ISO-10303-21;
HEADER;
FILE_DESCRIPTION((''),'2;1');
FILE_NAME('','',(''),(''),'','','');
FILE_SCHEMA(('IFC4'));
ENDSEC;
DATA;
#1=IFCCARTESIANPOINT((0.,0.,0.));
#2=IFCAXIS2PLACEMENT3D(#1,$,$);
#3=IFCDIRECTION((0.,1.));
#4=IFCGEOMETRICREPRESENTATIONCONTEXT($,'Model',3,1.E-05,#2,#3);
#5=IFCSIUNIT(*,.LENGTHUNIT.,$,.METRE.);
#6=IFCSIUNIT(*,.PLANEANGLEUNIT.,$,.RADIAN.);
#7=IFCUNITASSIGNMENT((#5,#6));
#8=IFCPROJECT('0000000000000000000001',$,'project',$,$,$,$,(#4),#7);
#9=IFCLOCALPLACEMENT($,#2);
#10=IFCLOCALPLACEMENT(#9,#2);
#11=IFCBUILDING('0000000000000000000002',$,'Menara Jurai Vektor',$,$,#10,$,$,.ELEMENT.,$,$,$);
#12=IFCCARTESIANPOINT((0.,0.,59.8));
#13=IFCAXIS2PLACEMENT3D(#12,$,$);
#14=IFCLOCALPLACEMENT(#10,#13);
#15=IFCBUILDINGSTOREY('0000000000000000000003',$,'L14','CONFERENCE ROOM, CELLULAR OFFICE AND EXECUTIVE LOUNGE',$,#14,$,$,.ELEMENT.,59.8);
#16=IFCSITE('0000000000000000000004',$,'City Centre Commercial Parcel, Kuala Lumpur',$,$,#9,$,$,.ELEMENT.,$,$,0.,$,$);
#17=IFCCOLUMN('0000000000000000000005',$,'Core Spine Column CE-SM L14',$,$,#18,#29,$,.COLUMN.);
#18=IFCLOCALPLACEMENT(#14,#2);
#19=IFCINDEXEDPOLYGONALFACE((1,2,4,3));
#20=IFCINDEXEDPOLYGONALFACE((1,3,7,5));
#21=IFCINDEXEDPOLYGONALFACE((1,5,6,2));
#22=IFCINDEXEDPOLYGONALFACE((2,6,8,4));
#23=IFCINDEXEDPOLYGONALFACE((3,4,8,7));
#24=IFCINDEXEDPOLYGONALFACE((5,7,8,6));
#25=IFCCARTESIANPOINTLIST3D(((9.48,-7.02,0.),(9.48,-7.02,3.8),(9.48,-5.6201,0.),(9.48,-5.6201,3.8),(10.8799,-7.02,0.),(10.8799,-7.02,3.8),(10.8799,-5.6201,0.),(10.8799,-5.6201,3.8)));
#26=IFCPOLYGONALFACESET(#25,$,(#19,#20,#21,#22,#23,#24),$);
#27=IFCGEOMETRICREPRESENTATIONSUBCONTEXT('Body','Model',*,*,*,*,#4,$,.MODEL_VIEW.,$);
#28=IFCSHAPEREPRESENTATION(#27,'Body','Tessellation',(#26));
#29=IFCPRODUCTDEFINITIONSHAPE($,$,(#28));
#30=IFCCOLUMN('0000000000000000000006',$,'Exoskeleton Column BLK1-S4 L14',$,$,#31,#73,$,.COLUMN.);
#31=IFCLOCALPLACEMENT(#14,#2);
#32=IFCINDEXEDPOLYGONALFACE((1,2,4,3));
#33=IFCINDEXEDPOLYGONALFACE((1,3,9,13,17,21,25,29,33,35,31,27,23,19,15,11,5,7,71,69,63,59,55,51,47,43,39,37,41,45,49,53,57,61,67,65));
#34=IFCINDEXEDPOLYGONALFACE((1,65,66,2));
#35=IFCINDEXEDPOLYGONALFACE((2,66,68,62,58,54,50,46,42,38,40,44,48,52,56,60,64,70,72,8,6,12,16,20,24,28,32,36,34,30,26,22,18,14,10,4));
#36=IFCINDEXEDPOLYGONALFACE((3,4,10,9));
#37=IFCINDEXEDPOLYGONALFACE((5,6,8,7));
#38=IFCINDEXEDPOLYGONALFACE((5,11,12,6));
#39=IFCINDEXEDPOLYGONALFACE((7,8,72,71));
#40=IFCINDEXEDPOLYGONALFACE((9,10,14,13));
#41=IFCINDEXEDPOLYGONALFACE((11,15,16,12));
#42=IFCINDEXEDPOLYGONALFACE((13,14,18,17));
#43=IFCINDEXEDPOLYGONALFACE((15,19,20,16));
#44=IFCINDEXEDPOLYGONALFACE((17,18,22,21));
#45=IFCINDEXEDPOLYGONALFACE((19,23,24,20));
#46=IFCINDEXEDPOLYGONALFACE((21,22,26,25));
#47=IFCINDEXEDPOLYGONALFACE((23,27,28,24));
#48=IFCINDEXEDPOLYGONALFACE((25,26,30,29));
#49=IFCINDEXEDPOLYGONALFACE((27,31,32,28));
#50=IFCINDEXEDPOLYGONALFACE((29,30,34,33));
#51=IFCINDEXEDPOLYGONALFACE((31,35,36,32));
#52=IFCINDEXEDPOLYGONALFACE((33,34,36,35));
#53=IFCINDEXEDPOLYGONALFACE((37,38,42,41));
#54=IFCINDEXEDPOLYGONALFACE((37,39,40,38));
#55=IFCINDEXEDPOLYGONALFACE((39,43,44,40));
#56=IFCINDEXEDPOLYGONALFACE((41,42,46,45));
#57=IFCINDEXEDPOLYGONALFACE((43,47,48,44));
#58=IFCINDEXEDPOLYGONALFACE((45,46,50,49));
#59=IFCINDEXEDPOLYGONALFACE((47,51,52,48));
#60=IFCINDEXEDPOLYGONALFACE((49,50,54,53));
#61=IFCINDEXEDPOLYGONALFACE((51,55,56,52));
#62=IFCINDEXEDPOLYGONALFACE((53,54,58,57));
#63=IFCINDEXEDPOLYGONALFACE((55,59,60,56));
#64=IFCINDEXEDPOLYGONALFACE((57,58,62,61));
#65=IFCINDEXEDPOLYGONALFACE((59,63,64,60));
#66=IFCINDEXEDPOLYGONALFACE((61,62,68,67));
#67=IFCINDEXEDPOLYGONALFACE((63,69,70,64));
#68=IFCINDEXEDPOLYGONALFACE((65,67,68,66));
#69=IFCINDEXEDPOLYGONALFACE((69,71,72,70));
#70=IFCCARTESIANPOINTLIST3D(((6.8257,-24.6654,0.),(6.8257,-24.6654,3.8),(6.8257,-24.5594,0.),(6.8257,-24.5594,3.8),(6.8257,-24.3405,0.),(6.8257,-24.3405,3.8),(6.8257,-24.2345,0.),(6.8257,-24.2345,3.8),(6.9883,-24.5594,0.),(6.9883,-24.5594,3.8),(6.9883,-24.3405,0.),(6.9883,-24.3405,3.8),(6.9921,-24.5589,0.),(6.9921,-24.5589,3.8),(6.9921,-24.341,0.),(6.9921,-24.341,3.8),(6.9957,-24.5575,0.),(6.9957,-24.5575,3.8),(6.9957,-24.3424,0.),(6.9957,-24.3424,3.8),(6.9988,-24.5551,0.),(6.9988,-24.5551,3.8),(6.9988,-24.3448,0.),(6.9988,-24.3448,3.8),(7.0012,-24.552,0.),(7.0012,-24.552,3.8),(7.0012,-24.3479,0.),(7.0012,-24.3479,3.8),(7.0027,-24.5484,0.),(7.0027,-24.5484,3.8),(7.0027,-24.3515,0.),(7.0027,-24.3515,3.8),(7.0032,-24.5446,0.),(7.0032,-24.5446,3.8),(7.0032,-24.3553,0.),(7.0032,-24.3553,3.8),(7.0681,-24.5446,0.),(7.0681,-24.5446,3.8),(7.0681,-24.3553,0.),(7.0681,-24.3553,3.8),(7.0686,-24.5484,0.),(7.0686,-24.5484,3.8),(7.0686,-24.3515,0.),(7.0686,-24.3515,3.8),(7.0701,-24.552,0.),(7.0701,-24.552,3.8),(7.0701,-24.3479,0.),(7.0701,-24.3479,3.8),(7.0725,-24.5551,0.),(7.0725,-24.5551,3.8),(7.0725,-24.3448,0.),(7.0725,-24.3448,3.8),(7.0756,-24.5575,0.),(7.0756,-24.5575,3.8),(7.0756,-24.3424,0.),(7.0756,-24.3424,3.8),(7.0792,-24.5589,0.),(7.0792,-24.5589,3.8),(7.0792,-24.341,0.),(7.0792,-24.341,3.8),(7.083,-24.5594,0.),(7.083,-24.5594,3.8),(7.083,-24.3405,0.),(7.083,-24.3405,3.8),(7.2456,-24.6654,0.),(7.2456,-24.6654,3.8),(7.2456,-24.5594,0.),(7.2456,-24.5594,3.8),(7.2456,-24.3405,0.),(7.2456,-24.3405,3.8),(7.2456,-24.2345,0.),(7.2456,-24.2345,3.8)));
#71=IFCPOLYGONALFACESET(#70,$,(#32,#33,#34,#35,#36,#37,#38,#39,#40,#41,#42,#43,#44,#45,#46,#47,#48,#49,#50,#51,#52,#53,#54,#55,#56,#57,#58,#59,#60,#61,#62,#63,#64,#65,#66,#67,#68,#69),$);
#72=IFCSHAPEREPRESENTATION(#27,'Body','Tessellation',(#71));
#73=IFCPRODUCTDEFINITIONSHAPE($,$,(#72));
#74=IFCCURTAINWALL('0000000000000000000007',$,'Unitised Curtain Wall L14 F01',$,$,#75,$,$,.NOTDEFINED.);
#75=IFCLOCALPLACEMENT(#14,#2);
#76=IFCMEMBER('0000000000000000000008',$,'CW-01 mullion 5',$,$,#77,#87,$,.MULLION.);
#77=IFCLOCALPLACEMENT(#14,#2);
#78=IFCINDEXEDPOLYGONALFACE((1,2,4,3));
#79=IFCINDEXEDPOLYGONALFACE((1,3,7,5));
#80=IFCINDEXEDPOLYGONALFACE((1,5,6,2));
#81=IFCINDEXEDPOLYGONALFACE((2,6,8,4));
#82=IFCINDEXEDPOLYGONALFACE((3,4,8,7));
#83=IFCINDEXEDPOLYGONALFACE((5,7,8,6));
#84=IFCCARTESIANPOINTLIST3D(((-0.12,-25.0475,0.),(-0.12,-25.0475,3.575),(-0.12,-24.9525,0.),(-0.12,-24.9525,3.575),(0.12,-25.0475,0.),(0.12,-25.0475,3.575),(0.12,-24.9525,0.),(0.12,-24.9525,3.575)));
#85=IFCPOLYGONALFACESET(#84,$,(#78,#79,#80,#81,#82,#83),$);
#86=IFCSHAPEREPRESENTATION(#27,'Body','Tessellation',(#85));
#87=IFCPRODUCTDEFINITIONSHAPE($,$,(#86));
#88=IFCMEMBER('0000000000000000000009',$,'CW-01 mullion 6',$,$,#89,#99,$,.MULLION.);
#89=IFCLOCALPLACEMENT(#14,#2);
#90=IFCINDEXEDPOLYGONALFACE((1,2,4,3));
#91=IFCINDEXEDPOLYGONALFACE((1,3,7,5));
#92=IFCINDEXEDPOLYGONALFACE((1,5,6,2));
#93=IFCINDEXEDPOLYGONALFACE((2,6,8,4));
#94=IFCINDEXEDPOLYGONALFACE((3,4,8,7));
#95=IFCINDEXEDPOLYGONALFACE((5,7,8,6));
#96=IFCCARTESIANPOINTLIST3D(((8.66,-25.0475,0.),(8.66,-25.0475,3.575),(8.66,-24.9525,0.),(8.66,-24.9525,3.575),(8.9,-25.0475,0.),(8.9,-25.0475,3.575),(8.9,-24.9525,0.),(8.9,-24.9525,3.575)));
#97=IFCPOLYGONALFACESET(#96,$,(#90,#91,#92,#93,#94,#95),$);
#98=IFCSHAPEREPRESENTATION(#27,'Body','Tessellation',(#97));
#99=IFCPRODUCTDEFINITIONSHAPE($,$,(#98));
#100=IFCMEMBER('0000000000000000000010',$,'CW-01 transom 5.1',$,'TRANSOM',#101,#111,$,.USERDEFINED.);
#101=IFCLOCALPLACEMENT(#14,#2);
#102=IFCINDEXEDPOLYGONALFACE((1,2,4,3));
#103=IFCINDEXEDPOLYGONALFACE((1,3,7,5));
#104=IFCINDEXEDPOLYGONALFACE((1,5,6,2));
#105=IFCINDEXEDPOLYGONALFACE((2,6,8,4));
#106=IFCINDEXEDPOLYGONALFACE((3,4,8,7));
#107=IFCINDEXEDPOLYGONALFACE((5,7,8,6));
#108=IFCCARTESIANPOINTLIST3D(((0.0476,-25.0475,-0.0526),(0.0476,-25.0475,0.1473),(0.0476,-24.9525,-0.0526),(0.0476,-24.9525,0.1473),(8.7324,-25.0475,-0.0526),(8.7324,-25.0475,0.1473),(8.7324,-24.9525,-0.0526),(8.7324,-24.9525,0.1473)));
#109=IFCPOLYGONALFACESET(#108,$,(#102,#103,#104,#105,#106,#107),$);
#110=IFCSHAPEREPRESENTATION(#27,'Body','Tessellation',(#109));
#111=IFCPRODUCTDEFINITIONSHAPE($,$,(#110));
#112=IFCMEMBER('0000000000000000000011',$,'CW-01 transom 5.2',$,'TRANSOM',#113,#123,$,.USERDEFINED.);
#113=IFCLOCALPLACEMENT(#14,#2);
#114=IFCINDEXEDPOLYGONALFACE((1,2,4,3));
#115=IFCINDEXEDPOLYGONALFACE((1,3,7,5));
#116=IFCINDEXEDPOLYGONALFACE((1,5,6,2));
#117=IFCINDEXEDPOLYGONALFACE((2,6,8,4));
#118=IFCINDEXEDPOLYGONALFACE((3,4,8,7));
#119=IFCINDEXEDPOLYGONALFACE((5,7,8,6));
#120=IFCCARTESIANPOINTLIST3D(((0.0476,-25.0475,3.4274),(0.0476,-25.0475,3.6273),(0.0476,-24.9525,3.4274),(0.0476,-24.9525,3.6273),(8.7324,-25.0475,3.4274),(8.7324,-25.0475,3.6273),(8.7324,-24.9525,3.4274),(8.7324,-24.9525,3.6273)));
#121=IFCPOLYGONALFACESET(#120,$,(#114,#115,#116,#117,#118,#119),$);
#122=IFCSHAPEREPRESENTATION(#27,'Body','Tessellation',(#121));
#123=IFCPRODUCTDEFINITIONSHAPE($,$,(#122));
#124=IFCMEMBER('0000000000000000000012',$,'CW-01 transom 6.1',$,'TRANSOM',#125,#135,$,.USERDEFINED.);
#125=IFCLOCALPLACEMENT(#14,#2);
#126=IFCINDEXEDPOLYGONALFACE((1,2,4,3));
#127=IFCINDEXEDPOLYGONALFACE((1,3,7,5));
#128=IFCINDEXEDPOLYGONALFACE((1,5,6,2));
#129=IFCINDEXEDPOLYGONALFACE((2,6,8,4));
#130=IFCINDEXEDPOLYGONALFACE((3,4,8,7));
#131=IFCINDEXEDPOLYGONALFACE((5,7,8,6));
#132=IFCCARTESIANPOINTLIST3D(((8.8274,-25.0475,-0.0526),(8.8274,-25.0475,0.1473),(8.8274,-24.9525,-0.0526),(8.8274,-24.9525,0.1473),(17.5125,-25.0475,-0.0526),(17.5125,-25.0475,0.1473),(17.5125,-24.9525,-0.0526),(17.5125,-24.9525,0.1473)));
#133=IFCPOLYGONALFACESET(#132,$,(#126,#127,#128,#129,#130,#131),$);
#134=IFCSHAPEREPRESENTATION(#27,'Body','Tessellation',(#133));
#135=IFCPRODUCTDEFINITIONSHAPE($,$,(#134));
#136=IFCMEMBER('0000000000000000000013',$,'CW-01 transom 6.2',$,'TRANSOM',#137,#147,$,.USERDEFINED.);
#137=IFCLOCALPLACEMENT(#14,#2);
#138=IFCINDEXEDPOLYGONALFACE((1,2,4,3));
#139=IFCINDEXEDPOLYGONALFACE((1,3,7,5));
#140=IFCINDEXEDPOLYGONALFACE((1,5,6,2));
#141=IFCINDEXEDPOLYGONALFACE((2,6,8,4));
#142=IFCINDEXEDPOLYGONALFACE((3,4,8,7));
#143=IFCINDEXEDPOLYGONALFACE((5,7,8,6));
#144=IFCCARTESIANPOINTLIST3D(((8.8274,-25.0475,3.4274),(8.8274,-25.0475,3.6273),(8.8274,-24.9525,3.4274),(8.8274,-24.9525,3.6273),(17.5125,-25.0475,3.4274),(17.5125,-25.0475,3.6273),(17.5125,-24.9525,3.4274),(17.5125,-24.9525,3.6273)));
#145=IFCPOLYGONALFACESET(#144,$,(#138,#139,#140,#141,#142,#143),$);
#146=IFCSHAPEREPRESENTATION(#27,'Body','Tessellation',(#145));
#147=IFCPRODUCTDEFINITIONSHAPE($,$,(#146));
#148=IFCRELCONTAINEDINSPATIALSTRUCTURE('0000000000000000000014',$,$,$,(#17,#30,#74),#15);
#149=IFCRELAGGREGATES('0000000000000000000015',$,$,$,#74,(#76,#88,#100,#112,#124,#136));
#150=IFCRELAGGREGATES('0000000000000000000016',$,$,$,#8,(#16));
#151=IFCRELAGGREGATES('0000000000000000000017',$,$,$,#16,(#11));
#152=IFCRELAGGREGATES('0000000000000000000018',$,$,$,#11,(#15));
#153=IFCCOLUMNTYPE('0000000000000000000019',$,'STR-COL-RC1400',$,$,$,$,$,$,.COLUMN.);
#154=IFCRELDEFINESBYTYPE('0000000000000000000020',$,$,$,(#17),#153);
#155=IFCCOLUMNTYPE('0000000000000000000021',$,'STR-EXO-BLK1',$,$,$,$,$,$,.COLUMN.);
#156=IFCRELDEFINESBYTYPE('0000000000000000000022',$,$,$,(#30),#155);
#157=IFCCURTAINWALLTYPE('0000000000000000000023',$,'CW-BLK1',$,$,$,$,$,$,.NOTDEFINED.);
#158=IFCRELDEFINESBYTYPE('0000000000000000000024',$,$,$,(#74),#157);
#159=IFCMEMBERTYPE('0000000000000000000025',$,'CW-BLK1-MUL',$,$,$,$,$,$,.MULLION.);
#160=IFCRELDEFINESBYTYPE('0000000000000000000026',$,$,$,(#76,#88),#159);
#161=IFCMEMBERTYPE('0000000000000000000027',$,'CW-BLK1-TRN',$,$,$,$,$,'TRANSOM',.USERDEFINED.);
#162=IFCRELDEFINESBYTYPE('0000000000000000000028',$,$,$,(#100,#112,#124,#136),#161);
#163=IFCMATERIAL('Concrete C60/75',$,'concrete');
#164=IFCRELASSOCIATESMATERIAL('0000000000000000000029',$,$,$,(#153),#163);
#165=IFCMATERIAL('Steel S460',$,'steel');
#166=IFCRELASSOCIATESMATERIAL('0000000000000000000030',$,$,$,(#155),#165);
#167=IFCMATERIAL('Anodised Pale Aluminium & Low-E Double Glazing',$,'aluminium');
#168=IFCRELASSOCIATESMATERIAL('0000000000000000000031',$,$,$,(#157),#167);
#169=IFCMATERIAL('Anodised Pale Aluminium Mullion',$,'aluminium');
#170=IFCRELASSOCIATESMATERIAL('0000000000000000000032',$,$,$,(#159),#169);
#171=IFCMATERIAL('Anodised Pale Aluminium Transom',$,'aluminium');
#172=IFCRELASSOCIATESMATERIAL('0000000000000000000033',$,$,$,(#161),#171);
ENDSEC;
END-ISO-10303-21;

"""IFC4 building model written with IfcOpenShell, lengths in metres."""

from ifc_helpers import new_model, si_unit, direction, frame, origin, origin_2d, place, context, subcontext, project, spatial, rectangle, i_section, extrude, material, material_profile, profile_set, type_object, element, aggregate, save


model = new_model("IFC4")

# Units and contexts
model_context = context("Model", 3, precision=1e-05, world=origin(), true_north=direction((0.0, 1.0)))
body_context = subcontext(model_context, "Body", "Model", "MODEL_VIEW")
ifc_project = project(units=[si_unit("LENGTHUNIT", "METRE"), si_unit("PLANEANGLEUNIT", "RADIAN")], contexts=[model_context])

# Site, building, storey
site_placement = place(None, origin())
site = spatial("IfcSite", under=ifc_project, at=site_placement, Name="City Centre Commercial Parcel, Kuala Lumpur", CompositionType="ELEMENT", RefElevation=0.0)
building_placement = place(site_placement, origin())
building = spatial("IfcBuilding", under=site, at=building_placement, Name="Menara Jurai Vektor", CompositionType="ELEMENT")
storey_placement = place(building_placement, frame((0.0, 0.0, 59.8)))
storey = spatial("IfcBuildingStorey", under=building, at=storey_placement, Name="L14", Description="CONFERENCE ROOM, CELLULAR OFFICE AND EXECUTIVE LOUNGE", CompositionType="ELEMENT", Elevation=59.8)

# Columns
ifc_material_1 = material(Name="Concrete C60/75", Category="concrete")
ifc_material_profile_1 = material_profile(ifc_material_1, rectangle(XDim=1.3999, YDim=1.3999, at=origin_2d()), Name="RC 1400x1400")
ifc_profile_set_1 = profile_set([ifc_material_profile_1], Name="Concrete C60/75")
column_type_1 = type_object("IfcColumnType", Name="STR-COL-RC1400", PredefinedType="COLUMN", material=ifc_profile_set_1)
column_1_placement = place(storey_placement, frame((10.1799, -6.3201, 0.0), z_axis=(0.0, 0.0, 1.0), x_axis=(1.0, 0.0, 0.0)))
element("IfcColumn", 1, at=column_1_placement, inside=storey, type_object=column_type_1, Name="Core Spine Column CE-SM L14", PredefinedType="COLUMN", context=body_context, shape_type="SweptSolid", body=[
    extrude(rectangle(XDim=1.3999, YDim=1.3999, at=origin_2d()), origin(), (0.0, 0.0, 1.0), 3.8),
])
ifc_material_2 = material(Name="Steel S460", Category="steel")
ifc_material_profile_2 = material_profile(ifc_material_2, i_section(OverallWidth=0.4199, OverallDepth=0.4309, WebThickness=0.0649, FlangeThickness=0.106, FilletRadius=0.0149, at=origin_2d()), Name="HD 400x900")
ifc_profile_set_2 = profile_set([ifc_material_profile_2], Name="Steel S460")
column_type_2 = type_object("IfcColumnType", Name="STR-EXO-BLK1", PredefinedType="COLUMN", material=ifc_profile_set_2)
column_2_placement = place(storey_placement, frame((7.0356, -24.45, 0.0), z_axis=(0.0, 0.0, 1.0), x_axis=(1.0, 0.0, 0.0)))
element("IfcColumn", 2, at=column_2_placement, inside=storey, type_object=column_type_2, Name="Exoskeleton Column BLK1-S4 L14", PredefinedType="COLUMN", context=body_context, shape_type="SweptSolid", body=[
    extrude(i_section(OverallWidth=0.4199, OverallDepth=0.4309, WebThickness=0.0649, FlangeThickness=0.106, FilletRadius=0.0149, at=origin_2d()), origin(), (0.0, 0.0, 1.0), 3.8),
])

# Curtain wall, members
ifc_material_3 = material(Name="Anodised Pale Aluminium & Low-E Double Glazing", Category="aluminium")
curtain_wall_type = type_object("IfcCurtainWallType", Name="CW-BLK1", PredefinedType="NOTDEFINED", material=ifc_material_3)
curtain_wall_placement = place(storey_placement, origin())
curtain_wall = element("IfcCurtainWall", 3, at=curtain_wall_placement, inside=storey, type_object=curtain_wall_type, Name="Unitised Curtain Wall L14 F01", PredefinedType="NOTDEFINED")
ifc_material_4 = material(Name="Anodised Pale Aluminium Mullion", Category="aluminium")
ifc_material_profile_3 = material_profile(ifc_material_4, rectangle(XDim=0.095, YDim=0.24, at=origin_2d()), Name="ALU MUL 95x240")
ifc_profile_set_3 = profile_set([ifc_material_profile_3], Name="Anodised Pale Aluminium Mullion")
member_type_1 = type_object("IfcMemberType", Name="CW-BLK1-MUL", PredefinedType="MULLION", material=ifc_profile_set_3)
member_1_placement = place(storey_placement, frame((0.0, -25.0, 0.0), z_axis=(0.0, 0.0, 1.0), x_axis=(0.0, 1.0, 0.0)))
member_1 = element("IfcMember", 4, at=member_1_placement, type_object=member_type_1, Name="CW-01 mullion 5", PredefinedType="MULLION", context=body_context, shape_type="SweptSolid", body=[
    extrude(rectangle(XDim=0.095, YDim=0.24, at=origin_2d()), origin(), (0.0, 0.0, 1.0), 3.575),
])
member_2_placement = place(storey_placement, frame((8.78, -25.0, 0.0), z_axis=(0.0, 0.0, 1.0), x_axis=(0.0, 1.0, 0.0)))
member_2 = element("IfcMember", 5, at=member_2_placement, type_object=member_type_1, Name="CW-01 mullion 6", PredefinedType="MULLION", context=body_context, shape_type="SweptSolid", body=[
    extrude(rectangle(XDim=0.095, YDim=0.24, at=origin_2d()), origin(), (0.0, 0.0, 1.0), 3.575),
])
ifc_material_5 = material(Name="Anodised Pale Aluminium Transom", Category="aluminium")
ifc_material_profile_4 = material_profile(ifc_material_5, rectangle(XDim=0.095, YDim=0.2, at=origin_2d()), Name="ALU TRN 95x200")
ifc_profile_set_4 = profile_set([ifc_material_profile_4], Name="Anodised Pale Aluminium Transom")
member_type_2 = type_object("IfcMemberType", Name="CW-BLK1-TRN", ElementType="TRANSOM", PredefinedType="USERDEFINED", material=ifc_profile_set_4)
member_3_placement = place(storey_placement, frame((0.0476, -25.0, 0.0474), z_axis=(1.0, 0.0, 0.0), x_axis=(0.0, 1.0, 0.0)))
member_3 = element("IfcMember", 6, at=member_3_placement, type_object=member_type_2, Name="CW-01 transom 5.1", ObjectType="TRANSOM", PredefinedType="USERDEFINED", context=body_context, shape_type="SweptSolid", body=[
    extrude(rectangle(XDim=0.095, YDim=0.2, at=origin_2d()), origin(), (0.0, 0.0, 1.0), 8.6848),
])
member_4_placement = place(storey_placement, frame((0.0476, -25.0, 3.5273), z_axis=(1.0, 0.0, 0.0), x_axis=(0.0, 1.0, 0.0)))
member_4 = element("IfcMember", 7, at=member_4_placement, type_object=member_type_2, Name="CW-01 transom 5.2", ObjectType="TRANSOM", PredefinedType="USERDEFINED", context=body_context, shape_type="SweptSolid", body=[
    extrude(rectangle(XDim=0.095, YDim=0.2, at=origin_2d()), origin(), (0.0, 0.0, 1.0), 8.6848),
])
member_5_placement = place(storey_placement, frame((8.8274, -25.0, 0.0474), z_axis=(1.0, 0.0, 0.0), x_axis=(0.0, 1.0, 0.0)))
member_5 = element("IfcMember", 8, at=member_5_placement, type_object=member_type_2, Name="CW-01 transom 6.1", ObjectType="TRANSOM", PredefinedType="USERDEFINED", context=body_context, shape_type="SweptSolid", body=[
    extrude(rectangle(XDim=0.095, YDim=0.2, at=origin_2d()), origin(), (0.0, 0.0, 1.0), 8.6851),
])
member_6_placement = place(storey_placement, frame((8.8274, -25.0, 3.5273), z_axis=(1.0, 0.0, 0.0), x_axis=(0.0, 1.0, 0.0)))
member_6 = element("IfcMember", 9, at=member_6_placement, type_object=member_type_2, Name="CW-01 transom 6.2", ObjectType="TRANSOM", PredefinedType="USERDEFINED", context=body_context, shape_type="SweptSolid", body=[
    extrude(rectangle(XDim=0.095, YDim=0.2, at=origin_2d()), origin(), (0.0, 0.0, 1.0), 8.6851),
])

aggregate(curtain_wall, [member_1, member_2, member_3, member_4, member_5, member_6])

save(model, "model.ifc")
